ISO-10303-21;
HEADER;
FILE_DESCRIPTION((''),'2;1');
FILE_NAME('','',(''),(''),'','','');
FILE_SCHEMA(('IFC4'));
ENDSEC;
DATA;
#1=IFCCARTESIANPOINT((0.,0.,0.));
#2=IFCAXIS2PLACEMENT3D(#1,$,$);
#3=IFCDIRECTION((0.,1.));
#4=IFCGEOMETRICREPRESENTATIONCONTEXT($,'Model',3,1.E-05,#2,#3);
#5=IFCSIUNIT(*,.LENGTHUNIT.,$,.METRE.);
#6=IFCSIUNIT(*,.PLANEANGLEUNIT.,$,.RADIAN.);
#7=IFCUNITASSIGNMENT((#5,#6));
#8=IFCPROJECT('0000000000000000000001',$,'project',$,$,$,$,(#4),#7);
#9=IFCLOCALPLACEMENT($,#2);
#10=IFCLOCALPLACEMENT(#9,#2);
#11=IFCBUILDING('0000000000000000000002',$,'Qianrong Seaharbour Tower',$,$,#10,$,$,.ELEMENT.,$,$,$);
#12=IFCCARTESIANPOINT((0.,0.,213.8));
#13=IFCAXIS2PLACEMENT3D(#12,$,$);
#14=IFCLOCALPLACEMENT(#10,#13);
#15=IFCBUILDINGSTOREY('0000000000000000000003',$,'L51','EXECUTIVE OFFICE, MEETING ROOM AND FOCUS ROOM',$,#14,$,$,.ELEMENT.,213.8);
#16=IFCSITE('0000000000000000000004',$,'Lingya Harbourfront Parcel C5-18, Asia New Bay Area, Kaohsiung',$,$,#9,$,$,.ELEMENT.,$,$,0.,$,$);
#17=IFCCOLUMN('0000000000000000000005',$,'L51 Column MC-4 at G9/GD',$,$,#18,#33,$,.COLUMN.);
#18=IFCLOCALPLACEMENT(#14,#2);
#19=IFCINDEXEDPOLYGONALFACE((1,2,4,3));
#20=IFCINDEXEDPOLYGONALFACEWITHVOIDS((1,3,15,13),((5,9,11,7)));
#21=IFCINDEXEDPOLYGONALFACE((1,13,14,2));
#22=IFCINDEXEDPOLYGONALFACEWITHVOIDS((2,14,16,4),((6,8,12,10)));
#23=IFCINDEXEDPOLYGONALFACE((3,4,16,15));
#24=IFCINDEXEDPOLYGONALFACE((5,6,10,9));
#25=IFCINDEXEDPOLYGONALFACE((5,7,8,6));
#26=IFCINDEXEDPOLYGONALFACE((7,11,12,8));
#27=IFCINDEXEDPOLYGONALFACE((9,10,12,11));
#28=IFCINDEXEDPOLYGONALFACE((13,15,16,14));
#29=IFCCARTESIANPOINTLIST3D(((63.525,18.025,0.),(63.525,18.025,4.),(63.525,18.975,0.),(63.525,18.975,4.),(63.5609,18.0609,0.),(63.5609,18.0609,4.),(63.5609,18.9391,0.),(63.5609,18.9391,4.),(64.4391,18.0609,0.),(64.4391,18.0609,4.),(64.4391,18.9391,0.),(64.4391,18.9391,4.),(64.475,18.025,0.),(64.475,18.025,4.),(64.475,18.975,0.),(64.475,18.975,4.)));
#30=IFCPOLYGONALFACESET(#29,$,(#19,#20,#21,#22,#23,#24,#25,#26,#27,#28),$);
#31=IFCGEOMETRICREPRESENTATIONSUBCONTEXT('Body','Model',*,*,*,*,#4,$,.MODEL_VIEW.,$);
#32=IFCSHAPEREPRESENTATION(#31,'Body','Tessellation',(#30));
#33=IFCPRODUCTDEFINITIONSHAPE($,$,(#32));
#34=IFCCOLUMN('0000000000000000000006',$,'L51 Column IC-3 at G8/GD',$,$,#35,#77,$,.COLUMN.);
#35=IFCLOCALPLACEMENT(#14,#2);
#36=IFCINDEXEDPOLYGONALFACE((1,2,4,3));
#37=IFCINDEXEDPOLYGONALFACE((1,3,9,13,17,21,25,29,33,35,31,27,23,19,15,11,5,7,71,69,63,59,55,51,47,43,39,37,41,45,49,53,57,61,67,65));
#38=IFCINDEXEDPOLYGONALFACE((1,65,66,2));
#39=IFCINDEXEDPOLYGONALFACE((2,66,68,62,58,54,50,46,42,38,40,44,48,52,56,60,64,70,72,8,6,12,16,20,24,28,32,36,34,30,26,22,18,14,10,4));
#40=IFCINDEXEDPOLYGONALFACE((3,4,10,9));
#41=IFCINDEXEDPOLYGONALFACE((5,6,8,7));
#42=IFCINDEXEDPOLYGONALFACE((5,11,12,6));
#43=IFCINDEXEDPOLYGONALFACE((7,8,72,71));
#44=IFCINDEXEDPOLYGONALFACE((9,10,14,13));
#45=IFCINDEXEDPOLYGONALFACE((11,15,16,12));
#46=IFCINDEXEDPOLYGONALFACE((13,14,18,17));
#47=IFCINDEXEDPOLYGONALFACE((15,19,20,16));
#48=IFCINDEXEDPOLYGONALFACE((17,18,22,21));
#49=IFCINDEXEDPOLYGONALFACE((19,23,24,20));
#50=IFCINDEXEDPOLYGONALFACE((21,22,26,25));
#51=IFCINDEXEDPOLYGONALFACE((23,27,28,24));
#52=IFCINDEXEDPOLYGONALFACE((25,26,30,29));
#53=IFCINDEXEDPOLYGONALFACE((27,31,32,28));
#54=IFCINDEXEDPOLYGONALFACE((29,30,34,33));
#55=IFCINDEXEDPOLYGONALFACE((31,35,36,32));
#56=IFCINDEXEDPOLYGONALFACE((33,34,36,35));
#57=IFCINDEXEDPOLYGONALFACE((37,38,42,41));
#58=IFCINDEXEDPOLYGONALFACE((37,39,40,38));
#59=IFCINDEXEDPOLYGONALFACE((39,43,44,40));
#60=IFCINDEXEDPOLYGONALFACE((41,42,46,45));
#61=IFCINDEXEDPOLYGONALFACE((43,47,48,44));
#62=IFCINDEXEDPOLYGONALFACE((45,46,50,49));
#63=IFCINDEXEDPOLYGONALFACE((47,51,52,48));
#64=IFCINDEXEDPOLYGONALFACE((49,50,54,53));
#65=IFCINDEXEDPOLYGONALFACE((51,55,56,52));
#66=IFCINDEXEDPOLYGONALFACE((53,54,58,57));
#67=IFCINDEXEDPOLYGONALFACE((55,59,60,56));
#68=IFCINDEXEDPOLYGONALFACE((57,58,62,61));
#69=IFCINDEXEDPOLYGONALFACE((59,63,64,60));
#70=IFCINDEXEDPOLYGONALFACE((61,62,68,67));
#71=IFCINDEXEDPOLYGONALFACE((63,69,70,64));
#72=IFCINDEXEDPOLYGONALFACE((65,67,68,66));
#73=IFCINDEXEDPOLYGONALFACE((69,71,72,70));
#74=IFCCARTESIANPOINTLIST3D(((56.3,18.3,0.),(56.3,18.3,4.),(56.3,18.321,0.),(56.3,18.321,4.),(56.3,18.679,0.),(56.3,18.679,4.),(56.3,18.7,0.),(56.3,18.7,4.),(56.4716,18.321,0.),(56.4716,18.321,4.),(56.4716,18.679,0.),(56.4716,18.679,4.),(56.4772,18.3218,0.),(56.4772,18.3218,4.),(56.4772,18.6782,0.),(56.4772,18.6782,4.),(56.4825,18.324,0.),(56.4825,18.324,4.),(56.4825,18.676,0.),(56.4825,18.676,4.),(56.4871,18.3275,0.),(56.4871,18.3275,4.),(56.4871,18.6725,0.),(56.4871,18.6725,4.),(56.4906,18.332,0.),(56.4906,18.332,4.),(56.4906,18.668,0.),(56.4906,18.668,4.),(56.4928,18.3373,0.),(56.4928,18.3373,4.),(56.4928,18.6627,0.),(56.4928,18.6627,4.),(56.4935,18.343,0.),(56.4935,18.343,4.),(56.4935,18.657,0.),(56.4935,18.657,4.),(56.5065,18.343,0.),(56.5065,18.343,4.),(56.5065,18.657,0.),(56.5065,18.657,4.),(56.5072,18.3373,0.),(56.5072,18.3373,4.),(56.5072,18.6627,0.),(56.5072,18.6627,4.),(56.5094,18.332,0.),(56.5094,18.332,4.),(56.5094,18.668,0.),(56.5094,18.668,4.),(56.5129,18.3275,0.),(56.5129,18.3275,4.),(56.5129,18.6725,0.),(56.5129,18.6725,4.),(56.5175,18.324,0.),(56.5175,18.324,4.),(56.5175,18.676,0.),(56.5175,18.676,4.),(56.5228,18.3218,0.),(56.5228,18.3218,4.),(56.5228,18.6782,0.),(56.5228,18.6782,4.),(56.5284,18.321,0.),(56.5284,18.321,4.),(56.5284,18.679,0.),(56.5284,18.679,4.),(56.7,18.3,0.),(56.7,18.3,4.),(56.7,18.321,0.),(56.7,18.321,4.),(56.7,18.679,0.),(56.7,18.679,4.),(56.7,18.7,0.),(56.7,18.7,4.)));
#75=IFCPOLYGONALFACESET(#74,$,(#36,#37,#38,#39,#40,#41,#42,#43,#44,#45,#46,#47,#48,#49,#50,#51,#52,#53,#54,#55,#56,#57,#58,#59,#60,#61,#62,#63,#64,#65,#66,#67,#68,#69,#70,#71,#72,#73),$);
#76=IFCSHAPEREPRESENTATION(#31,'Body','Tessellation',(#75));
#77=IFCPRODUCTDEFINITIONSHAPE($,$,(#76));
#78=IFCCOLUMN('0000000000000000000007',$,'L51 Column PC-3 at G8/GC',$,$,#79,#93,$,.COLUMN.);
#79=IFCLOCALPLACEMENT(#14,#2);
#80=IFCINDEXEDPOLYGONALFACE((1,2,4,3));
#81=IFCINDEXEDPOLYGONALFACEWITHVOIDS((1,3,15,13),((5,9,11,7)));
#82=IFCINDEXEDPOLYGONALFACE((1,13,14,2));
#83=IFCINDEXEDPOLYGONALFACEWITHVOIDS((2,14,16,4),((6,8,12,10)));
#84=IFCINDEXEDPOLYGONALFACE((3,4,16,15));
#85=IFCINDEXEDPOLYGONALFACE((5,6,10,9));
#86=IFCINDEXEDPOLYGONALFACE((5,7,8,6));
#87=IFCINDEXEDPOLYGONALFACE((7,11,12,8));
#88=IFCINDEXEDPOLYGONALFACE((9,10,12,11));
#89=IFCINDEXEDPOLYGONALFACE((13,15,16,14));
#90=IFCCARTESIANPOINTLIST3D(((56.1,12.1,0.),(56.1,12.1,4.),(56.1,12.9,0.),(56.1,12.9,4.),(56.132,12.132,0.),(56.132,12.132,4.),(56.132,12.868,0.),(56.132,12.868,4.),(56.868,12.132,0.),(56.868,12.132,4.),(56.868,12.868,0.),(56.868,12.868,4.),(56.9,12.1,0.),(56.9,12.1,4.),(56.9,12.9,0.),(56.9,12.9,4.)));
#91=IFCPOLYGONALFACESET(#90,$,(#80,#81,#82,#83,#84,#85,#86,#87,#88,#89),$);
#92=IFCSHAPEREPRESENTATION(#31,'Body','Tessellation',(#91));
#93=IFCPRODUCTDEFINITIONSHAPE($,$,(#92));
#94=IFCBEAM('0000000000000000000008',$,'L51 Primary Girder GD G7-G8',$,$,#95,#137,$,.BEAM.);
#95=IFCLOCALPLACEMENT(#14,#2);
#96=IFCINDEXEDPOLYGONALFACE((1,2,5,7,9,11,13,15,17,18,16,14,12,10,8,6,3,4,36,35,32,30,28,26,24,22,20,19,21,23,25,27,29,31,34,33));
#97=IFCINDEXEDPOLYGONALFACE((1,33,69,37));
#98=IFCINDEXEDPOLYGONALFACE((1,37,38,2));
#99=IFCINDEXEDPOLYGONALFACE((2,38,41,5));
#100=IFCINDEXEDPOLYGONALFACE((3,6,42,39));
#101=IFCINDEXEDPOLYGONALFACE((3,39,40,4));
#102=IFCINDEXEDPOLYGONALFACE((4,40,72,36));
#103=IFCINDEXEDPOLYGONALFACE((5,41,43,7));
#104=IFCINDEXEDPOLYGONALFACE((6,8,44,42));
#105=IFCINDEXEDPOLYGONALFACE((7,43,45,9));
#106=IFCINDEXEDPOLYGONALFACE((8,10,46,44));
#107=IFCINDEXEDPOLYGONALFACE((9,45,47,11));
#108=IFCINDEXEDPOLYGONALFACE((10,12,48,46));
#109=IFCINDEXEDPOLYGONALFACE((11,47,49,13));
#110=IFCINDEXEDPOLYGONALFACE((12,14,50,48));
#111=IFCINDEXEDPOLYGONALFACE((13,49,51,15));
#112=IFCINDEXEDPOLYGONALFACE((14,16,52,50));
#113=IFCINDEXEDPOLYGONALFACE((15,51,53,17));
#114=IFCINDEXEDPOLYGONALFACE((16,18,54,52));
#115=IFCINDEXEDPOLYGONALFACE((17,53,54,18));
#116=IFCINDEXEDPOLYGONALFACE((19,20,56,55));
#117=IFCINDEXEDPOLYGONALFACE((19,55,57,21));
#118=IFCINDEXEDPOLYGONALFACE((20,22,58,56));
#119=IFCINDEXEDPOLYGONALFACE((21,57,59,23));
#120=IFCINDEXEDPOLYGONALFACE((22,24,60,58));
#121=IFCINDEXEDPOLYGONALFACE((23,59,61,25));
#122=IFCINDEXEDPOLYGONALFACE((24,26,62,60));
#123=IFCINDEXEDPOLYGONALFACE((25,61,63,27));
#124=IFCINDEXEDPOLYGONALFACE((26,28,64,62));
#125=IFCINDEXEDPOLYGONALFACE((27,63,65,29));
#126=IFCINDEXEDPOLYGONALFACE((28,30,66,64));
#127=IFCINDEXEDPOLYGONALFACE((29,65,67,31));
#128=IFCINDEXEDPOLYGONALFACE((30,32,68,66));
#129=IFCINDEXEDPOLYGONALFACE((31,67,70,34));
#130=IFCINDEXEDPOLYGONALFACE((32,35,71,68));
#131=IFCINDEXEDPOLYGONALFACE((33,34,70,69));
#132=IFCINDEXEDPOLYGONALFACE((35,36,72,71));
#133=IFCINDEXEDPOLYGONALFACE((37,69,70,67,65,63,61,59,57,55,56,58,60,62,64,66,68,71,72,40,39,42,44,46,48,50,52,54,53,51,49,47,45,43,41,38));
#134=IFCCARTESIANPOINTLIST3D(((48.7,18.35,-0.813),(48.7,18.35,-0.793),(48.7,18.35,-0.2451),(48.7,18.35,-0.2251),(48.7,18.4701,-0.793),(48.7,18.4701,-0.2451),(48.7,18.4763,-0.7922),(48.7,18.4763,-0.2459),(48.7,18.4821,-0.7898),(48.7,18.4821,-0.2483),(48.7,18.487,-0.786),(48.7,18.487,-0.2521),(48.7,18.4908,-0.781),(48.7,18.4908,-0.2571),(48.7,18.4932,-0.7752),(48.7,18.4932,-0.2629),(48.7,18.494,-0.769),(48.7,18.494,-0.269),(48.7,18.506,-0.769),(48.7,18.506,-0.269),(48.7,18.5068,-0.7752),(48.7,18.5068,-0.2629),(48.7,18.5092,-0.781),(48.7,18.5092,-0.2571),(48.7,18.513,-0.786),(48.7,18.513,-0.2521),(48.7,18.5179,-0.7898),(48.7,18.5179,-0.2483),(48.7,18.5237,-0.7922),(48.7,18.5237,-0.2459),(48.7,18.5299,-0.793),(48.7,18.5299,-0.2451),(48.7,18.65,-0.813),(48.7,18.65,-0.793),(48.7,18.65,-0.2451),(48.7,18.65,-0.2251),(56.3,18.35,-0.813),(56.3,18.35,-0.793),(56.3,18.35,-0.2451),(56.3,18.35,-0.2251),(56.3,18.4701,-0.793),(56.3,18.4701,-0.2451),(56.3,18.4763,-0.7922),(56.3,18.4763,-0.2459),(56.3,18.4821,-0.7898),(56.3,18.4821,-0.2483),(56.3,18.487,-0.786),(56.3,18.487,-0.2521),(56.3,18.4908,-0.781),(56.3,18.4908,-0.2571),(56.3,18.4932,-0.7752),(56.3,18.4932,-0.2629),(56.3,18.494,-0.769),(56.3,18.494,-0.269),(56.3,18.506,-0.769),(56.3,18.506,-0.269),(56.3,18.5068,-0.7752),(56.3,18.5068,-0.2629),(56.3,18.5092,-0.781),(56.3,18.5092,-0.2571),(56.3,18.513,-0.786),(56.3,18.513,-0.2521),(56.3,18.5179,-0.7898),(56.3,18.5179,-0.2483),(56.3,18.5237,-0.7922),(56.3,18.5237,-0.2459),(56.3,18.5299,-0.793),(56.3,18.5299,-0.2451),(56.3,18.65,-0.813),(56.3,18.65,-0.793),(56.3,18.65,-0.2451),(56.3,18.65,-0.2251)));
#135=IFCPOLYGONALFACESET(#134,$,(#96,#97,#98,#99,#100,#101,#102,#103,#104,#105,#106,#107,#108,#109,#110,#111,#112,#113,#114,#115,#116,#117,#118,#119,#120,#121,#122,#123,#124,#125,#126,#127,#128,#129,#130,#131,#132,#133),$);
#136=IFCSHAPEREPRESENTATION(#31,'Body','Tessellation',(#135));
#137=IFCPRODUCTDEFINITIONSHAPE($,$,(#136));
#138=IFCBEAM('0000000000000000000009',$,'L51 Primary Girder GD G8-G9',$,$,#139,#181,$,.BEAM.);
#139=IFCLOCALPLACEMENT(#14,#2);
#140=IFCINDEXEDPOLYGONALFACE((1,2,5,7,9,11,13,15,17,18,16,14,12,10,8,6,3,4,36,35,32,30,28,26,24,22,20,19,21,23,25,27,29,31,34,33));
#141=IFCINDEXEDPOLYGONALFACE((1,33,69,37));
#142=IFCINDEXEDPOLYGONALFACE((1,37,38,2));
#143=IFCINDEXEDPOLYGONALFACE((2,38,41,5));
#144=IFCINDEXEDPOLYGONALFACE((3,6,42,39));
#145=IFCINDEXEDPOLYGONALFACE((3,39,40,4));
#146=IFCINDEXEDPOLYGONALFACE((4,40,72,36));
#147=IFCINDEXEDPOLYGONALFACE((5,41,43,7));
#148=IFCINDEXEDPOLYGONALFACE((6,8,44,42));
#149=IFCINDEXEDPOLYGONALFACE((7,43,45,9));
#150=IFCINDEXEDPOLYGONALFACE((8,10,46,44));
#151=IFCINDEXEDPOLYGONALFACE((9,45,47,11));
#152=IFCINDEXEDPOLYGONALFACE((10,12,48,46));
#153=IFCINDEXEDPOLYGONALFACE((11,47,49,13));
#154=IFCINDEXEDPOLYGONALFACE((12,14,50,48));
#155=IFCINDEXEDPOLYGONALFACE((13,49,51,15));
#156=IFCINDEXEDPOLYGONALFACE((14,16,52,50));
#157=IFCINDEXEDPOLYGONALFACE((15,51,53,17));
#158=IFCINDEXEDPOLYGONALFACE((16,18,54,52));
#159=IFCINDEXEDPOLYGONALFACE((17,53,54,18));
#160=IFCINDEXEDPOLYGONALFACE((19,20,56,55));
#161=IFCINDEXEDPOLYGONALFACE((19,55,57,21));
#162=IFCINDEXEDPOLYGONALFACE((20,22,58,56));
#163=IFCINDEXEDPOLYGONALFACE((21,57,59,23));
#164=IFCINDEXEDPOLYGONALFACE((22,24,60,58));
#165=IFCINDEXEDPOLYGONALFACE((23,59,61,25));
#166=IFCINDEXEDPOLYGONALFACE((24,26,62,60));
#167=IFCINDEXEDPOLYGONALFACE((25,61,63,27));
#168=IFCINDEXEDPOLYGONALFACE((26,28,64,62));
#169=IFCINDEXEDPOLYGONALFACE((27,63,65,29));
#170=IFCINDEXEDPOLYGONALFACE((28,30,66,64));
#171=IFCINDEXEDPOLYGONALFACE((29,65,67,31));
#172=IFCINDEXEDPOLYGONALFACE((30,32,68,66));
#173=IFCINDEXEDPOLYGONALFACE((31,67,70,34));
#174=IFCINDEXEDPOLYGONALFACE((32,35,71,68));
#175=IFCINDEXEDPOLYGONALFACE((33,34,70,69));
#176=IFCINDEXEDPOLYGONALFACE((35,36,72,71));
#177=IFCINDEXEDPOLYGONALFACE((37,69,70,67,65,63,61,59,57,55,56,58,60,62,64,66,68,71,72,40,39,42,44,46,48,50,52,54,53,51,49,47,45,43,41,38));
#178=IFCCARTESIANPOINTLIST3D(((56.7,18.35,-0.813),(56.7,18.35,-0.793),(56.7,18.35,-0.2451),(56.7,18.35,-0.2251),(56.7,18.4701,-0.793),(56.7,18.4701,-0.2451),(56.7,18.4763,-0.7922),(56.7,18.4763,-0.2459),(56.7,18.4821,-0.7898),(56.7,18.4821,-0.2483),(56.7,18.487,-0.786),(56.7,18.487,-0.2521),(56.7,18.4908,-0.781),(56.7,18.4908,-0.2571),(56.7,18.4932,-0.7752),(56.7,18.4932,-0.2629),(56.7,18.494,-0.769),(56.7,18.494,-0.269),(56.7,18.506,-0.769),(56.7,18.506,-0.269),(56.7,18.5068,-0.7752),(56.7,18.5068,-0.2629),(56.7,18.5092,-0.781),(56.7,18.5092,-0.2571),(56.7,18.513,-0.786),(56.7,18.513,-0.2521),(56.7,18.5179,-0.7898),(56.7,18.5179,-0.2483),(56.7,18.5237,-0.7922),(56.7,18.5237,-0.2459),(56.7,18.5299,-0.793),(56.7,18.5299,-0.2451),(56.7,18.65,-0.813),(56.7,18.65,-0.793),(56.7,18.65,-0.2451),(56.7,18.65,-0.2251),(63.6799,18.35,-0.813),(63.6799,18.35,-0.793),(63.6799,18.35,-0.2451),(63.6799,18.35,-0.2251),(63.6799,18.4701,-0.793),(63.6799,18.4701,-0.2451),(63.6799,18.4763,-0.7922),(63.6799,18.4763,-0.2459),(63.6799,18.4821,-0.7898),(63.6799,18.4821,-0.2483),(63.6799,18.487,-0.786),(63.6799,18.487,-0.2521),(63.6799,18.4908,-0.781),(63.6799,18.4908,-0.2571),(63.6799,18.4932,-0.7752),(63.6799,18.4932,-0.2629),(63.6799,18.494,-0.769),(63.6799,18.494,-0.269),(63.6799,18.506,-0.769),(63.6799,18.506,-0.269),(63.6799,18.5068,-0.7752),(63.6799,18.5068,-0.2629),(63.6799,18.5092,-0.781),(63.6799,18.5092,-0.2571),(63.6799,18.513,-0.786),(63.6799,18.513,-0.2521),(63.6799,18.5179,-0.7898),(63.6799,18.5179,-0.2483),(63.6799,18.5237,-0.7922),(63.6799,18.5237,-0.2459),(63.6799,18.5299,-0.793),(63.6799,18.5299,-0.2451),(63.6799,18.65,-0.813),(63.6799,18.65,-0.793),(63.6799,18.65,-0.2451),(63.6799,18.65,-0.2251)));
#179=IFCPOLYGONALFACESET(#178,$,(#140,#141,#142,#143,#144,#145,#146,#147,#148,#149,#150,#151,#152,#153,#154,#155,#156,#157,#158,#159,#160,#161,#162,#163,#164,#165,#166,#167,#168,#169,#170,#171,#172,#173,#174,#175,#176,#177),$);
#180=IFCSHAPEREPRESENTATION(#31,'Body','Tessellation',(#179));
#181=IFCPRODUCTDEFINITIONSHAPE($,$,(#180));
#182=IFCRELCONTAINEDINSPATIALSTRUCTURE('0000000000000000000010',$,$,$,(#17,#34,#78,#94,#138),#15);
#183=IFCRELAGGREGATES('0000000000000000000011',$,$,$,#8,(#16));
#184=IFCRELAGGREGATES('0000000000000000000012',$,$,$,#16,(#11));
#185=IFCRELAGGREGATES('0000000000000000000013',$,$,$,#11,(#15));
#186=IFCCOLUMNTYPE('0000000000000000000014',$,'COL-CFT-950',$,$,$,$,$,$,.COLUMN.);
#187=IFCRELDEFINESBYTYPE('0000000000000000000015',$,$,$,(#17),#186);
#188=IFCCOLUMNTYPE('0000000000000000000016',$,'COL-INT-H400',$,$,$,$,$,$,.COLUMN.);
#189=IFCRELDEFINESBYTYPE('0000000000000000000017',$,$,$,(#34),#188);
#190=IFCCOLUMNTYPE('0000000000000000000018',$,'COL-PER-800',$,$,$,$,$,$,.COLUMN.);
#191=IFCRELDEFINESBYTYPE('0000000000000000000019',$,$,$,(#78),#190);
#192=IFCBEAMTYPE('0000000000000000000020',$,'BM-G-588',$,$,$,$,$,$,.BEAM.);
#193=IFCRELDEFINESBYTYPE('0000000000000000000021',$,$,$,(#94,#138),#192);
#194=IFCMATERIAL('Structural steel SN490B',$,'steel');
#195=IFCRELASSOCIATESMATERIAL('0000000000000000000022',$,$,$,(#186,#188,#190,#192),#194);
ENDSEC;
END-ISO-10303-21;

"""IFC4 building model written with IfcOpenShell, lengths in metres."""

from ifc_helpers import new_model, si_unit, direction, frame, origin, origin_2d, place, context, subcontext, project, spatial, hollow_rectangle, i_section, extrude, material, material_profile, profile_set, type_object, element, save


model = new_model("IFC4")

# Units and contexts
model_context = context("Model", 3, precision=1e-05, world=origin(), true_north=direction((0.0, 1.0)))
body_context = subcontext(model_context, "Body", "Model", "MODEL_VIEW")
ifc_project = project(units=[si_unit("LENGTHUNIT", "METRE"), si_unit("PLANEANGLEUNIT", "RADIAN")], contexts=[model_context])

# Site, building, storey
site_placement = place(None, origin())
site = spatial("IfcSite", under=ifc_project, at=site_placement, Name="Lingya Harbourfront Parcel C5-18, Asia New Bay Area, Kaohsiung", CompositionType="ELEMENT", RefElevation=0.0)
building_placement = place(site_placement, origin())
building = spatial("IfcBuilding", under=site, at=building_placement, Name="Qianrong Seaharbour Tower", CompositionType="ELEMENT")
storey_placement = place(building_placement, frame((0.0, 0.0, 213.8)))
storey = spatial("IfcBuildingStorey", under=building, at=storey_placement, Name="L51", Description="EXECUTIVE OFFICE, MEETING ROOM AND FOCUS ROOM", CompositionType="ELEMENT", Elevation=213.8)

# Columns
ifc_material_1 = material(Name="Structural steel SN490B", Category="steel")
ifc_material_profile_1 = material_profile(ifc_material_1, hollow_rectangle(XDim=0.95, YDim=0.95, WallThickness=0.0359, at=origin_2d()), Name="BOX950x950x36")
ifc_profile_set_1 = profile_set([ifc_material_profile_1], Name="Structural steel SN490B")
column_type_1 = type_object("IfcColumnType", Name="COL-CFT-950", PredefinedType="COLUMN", material=ifc_profile_set_1)
column_1_placement = place(storey_placement, frame((64.0, 18.5, 0.0), z_axis=(0.0, 0.0, 1.0), x_axis=(1.0, 0.0, 0.0)))
element("IfcColumn", 1, at=column_1_placement, inside=storey, type_object=column_type_1, Name="L51 Column MC-4 at G9/GD", PredefinedType="COLUMN", context=body_context, shape_type="SweptSolid", body=[
    extrude(hollow_rectangle(XDim=0.95, YDim=0.95, WallThickness=0.0359, at=origin_2d()), origin(), (0.0, 0.0, 1.0), 4.0),
])
ifc_material_profile_2 = material_profile(ifc_material_1, i_section(OverallWidth=0.3999, OverallDepth=0.3999, WebThickness=0.0129, FlangeThickness=0.021, FilletRadius=0.022, at=origin_2d()), Name="H400x400x13x21")
ifc_profile_set_2 = profile_set([ifc_material_profile_2], Name="Structural steel SN490B")
column_type_2 = type_object("IfcColumnType", Name="COL-INT-H400", PredefinedType="COLUMN", material=ifc_profile_set_2)
column_2_placement = place(storey_placement, frame((56.5, 18.5, 0.0), z_axis=(0.0, 0.0, 1.0), x_axis=(1.0, 0.0, 0.0)))
element("IfcColumn", 2, at=column_2_placement, inside=storey, type_object=column_type_2, Name="L51 Column IC-3 at G8/GD", PredefinedType="COLUMN", context=body_context, shape_type="SweptSolid", body=[
    extrude(i_section(OverallWidth=0.3999, OverallDepth=0.3999, WebThickness=0.0129, FlangeThickness=0.021, FilletRadius=0.022, at=origin_2d()), origin(), (0.0, 0.0, 1.0), 4.0),
])
ifc_material_profile_3 = material_profile(ifc_material_1, hollow_rectangle(XDim=0.8, YDim=0.8, WallThickness=0.032, at=origin_2d()), Name="BOX800x800x32")
ifc_profile_set_3 = profile_set([ifc_material_profile_3], Name="Structural steel SN490B")
column_type_3 = type_object("IfcColumnType", Name="COL-PER-800", PredefinedType="COLUMN", material=ifc_profile_set_3)
column_3_placement = place(storey_placement, frame((56.5, 12.5, 0.0), z_axis=(0.0, 0.0, 1.0), x_axis=(1.0, 0.0, 0.0)))
element("IfcColumn", 3, at=column_3_placement, inside=storey, type_object=column_type_3, Name="L51 Column PC-3 at G8/GC", PredefinedType="COLUMN", context=body_context, shape_type="SweptSolid", body=[
    extrude(hollow_rectangle(XDim=0.8, YDim=0.8, WallThickness=0.032, at=origin_2d()), origin(), (0.0, 0.0, 1.0), 4.0),
])

# Beams
ifc_material_profile_4 = material_profile(ifc_material_1, i_section(OverallWidth=0.3, OverallDepth=0.5879, WebThickness=0.012, FlangeThickness=0.02, FilletRadius=0.0239, at=origin_2d()), Name="H588x300x12x20")
ifc_profile_set_4 = profile_set([ifc_material_profile_4], Name="Structural steel SN490B")
beam_type_1 = type_object("IfcBeamType", Name="BM-G-588", PredefinedType="BEAM", material=ifc_profile_set_4)
beam_1_placement = place(storey_placement, frame((48.7, 18.5, -0.519), z_axis=(1.0, 0.0, 0.0), x_axis=(0.0, 1.0, 0.0)))
element("IfcBeam", 4, at=beam_1_placement, inside=storey, type_object=beam_type_1, Name="L51 Primary Girder GD G7-G8", PredefinedType="BEAM", context=body_context, shape_type="SweptSolid", body=[
    extrude(i_section(OverallWidth=0.3, OverallDepth=0.5879, WebThickness=0.012, FlangeThickness=0.02, FilletRadius=0.0239, at=origin_2d()), origin(), (0.0, 0.0, 1.0), 7.6001),
])
beam_2_placement = place(storey_placement, frame((56.7, 18.5, -0.519), z_axis=(1.0, 0.0, 0.0), x_axis=(0.0, 1.0, 0.0)))
element("IfcBeam", 5, at=beam_2_placement, inside=storey, type_object=beam_type_1, Name="L51 Primary Girder GD G8-G9", PredefinedType="BEAM", context=body_context, shape_type="SweptSolid", body=[
    extrude(i_section(OverallWidth=0.3, OverallDepth=0.5879, WebThickness=0.012, FlangeThickness=0.02, FilletRadius=0.0239, at=origin_2d()), origin(), (0.0, 0.0, 1.0), 6.98),
])

save(model, "model.ifc")
